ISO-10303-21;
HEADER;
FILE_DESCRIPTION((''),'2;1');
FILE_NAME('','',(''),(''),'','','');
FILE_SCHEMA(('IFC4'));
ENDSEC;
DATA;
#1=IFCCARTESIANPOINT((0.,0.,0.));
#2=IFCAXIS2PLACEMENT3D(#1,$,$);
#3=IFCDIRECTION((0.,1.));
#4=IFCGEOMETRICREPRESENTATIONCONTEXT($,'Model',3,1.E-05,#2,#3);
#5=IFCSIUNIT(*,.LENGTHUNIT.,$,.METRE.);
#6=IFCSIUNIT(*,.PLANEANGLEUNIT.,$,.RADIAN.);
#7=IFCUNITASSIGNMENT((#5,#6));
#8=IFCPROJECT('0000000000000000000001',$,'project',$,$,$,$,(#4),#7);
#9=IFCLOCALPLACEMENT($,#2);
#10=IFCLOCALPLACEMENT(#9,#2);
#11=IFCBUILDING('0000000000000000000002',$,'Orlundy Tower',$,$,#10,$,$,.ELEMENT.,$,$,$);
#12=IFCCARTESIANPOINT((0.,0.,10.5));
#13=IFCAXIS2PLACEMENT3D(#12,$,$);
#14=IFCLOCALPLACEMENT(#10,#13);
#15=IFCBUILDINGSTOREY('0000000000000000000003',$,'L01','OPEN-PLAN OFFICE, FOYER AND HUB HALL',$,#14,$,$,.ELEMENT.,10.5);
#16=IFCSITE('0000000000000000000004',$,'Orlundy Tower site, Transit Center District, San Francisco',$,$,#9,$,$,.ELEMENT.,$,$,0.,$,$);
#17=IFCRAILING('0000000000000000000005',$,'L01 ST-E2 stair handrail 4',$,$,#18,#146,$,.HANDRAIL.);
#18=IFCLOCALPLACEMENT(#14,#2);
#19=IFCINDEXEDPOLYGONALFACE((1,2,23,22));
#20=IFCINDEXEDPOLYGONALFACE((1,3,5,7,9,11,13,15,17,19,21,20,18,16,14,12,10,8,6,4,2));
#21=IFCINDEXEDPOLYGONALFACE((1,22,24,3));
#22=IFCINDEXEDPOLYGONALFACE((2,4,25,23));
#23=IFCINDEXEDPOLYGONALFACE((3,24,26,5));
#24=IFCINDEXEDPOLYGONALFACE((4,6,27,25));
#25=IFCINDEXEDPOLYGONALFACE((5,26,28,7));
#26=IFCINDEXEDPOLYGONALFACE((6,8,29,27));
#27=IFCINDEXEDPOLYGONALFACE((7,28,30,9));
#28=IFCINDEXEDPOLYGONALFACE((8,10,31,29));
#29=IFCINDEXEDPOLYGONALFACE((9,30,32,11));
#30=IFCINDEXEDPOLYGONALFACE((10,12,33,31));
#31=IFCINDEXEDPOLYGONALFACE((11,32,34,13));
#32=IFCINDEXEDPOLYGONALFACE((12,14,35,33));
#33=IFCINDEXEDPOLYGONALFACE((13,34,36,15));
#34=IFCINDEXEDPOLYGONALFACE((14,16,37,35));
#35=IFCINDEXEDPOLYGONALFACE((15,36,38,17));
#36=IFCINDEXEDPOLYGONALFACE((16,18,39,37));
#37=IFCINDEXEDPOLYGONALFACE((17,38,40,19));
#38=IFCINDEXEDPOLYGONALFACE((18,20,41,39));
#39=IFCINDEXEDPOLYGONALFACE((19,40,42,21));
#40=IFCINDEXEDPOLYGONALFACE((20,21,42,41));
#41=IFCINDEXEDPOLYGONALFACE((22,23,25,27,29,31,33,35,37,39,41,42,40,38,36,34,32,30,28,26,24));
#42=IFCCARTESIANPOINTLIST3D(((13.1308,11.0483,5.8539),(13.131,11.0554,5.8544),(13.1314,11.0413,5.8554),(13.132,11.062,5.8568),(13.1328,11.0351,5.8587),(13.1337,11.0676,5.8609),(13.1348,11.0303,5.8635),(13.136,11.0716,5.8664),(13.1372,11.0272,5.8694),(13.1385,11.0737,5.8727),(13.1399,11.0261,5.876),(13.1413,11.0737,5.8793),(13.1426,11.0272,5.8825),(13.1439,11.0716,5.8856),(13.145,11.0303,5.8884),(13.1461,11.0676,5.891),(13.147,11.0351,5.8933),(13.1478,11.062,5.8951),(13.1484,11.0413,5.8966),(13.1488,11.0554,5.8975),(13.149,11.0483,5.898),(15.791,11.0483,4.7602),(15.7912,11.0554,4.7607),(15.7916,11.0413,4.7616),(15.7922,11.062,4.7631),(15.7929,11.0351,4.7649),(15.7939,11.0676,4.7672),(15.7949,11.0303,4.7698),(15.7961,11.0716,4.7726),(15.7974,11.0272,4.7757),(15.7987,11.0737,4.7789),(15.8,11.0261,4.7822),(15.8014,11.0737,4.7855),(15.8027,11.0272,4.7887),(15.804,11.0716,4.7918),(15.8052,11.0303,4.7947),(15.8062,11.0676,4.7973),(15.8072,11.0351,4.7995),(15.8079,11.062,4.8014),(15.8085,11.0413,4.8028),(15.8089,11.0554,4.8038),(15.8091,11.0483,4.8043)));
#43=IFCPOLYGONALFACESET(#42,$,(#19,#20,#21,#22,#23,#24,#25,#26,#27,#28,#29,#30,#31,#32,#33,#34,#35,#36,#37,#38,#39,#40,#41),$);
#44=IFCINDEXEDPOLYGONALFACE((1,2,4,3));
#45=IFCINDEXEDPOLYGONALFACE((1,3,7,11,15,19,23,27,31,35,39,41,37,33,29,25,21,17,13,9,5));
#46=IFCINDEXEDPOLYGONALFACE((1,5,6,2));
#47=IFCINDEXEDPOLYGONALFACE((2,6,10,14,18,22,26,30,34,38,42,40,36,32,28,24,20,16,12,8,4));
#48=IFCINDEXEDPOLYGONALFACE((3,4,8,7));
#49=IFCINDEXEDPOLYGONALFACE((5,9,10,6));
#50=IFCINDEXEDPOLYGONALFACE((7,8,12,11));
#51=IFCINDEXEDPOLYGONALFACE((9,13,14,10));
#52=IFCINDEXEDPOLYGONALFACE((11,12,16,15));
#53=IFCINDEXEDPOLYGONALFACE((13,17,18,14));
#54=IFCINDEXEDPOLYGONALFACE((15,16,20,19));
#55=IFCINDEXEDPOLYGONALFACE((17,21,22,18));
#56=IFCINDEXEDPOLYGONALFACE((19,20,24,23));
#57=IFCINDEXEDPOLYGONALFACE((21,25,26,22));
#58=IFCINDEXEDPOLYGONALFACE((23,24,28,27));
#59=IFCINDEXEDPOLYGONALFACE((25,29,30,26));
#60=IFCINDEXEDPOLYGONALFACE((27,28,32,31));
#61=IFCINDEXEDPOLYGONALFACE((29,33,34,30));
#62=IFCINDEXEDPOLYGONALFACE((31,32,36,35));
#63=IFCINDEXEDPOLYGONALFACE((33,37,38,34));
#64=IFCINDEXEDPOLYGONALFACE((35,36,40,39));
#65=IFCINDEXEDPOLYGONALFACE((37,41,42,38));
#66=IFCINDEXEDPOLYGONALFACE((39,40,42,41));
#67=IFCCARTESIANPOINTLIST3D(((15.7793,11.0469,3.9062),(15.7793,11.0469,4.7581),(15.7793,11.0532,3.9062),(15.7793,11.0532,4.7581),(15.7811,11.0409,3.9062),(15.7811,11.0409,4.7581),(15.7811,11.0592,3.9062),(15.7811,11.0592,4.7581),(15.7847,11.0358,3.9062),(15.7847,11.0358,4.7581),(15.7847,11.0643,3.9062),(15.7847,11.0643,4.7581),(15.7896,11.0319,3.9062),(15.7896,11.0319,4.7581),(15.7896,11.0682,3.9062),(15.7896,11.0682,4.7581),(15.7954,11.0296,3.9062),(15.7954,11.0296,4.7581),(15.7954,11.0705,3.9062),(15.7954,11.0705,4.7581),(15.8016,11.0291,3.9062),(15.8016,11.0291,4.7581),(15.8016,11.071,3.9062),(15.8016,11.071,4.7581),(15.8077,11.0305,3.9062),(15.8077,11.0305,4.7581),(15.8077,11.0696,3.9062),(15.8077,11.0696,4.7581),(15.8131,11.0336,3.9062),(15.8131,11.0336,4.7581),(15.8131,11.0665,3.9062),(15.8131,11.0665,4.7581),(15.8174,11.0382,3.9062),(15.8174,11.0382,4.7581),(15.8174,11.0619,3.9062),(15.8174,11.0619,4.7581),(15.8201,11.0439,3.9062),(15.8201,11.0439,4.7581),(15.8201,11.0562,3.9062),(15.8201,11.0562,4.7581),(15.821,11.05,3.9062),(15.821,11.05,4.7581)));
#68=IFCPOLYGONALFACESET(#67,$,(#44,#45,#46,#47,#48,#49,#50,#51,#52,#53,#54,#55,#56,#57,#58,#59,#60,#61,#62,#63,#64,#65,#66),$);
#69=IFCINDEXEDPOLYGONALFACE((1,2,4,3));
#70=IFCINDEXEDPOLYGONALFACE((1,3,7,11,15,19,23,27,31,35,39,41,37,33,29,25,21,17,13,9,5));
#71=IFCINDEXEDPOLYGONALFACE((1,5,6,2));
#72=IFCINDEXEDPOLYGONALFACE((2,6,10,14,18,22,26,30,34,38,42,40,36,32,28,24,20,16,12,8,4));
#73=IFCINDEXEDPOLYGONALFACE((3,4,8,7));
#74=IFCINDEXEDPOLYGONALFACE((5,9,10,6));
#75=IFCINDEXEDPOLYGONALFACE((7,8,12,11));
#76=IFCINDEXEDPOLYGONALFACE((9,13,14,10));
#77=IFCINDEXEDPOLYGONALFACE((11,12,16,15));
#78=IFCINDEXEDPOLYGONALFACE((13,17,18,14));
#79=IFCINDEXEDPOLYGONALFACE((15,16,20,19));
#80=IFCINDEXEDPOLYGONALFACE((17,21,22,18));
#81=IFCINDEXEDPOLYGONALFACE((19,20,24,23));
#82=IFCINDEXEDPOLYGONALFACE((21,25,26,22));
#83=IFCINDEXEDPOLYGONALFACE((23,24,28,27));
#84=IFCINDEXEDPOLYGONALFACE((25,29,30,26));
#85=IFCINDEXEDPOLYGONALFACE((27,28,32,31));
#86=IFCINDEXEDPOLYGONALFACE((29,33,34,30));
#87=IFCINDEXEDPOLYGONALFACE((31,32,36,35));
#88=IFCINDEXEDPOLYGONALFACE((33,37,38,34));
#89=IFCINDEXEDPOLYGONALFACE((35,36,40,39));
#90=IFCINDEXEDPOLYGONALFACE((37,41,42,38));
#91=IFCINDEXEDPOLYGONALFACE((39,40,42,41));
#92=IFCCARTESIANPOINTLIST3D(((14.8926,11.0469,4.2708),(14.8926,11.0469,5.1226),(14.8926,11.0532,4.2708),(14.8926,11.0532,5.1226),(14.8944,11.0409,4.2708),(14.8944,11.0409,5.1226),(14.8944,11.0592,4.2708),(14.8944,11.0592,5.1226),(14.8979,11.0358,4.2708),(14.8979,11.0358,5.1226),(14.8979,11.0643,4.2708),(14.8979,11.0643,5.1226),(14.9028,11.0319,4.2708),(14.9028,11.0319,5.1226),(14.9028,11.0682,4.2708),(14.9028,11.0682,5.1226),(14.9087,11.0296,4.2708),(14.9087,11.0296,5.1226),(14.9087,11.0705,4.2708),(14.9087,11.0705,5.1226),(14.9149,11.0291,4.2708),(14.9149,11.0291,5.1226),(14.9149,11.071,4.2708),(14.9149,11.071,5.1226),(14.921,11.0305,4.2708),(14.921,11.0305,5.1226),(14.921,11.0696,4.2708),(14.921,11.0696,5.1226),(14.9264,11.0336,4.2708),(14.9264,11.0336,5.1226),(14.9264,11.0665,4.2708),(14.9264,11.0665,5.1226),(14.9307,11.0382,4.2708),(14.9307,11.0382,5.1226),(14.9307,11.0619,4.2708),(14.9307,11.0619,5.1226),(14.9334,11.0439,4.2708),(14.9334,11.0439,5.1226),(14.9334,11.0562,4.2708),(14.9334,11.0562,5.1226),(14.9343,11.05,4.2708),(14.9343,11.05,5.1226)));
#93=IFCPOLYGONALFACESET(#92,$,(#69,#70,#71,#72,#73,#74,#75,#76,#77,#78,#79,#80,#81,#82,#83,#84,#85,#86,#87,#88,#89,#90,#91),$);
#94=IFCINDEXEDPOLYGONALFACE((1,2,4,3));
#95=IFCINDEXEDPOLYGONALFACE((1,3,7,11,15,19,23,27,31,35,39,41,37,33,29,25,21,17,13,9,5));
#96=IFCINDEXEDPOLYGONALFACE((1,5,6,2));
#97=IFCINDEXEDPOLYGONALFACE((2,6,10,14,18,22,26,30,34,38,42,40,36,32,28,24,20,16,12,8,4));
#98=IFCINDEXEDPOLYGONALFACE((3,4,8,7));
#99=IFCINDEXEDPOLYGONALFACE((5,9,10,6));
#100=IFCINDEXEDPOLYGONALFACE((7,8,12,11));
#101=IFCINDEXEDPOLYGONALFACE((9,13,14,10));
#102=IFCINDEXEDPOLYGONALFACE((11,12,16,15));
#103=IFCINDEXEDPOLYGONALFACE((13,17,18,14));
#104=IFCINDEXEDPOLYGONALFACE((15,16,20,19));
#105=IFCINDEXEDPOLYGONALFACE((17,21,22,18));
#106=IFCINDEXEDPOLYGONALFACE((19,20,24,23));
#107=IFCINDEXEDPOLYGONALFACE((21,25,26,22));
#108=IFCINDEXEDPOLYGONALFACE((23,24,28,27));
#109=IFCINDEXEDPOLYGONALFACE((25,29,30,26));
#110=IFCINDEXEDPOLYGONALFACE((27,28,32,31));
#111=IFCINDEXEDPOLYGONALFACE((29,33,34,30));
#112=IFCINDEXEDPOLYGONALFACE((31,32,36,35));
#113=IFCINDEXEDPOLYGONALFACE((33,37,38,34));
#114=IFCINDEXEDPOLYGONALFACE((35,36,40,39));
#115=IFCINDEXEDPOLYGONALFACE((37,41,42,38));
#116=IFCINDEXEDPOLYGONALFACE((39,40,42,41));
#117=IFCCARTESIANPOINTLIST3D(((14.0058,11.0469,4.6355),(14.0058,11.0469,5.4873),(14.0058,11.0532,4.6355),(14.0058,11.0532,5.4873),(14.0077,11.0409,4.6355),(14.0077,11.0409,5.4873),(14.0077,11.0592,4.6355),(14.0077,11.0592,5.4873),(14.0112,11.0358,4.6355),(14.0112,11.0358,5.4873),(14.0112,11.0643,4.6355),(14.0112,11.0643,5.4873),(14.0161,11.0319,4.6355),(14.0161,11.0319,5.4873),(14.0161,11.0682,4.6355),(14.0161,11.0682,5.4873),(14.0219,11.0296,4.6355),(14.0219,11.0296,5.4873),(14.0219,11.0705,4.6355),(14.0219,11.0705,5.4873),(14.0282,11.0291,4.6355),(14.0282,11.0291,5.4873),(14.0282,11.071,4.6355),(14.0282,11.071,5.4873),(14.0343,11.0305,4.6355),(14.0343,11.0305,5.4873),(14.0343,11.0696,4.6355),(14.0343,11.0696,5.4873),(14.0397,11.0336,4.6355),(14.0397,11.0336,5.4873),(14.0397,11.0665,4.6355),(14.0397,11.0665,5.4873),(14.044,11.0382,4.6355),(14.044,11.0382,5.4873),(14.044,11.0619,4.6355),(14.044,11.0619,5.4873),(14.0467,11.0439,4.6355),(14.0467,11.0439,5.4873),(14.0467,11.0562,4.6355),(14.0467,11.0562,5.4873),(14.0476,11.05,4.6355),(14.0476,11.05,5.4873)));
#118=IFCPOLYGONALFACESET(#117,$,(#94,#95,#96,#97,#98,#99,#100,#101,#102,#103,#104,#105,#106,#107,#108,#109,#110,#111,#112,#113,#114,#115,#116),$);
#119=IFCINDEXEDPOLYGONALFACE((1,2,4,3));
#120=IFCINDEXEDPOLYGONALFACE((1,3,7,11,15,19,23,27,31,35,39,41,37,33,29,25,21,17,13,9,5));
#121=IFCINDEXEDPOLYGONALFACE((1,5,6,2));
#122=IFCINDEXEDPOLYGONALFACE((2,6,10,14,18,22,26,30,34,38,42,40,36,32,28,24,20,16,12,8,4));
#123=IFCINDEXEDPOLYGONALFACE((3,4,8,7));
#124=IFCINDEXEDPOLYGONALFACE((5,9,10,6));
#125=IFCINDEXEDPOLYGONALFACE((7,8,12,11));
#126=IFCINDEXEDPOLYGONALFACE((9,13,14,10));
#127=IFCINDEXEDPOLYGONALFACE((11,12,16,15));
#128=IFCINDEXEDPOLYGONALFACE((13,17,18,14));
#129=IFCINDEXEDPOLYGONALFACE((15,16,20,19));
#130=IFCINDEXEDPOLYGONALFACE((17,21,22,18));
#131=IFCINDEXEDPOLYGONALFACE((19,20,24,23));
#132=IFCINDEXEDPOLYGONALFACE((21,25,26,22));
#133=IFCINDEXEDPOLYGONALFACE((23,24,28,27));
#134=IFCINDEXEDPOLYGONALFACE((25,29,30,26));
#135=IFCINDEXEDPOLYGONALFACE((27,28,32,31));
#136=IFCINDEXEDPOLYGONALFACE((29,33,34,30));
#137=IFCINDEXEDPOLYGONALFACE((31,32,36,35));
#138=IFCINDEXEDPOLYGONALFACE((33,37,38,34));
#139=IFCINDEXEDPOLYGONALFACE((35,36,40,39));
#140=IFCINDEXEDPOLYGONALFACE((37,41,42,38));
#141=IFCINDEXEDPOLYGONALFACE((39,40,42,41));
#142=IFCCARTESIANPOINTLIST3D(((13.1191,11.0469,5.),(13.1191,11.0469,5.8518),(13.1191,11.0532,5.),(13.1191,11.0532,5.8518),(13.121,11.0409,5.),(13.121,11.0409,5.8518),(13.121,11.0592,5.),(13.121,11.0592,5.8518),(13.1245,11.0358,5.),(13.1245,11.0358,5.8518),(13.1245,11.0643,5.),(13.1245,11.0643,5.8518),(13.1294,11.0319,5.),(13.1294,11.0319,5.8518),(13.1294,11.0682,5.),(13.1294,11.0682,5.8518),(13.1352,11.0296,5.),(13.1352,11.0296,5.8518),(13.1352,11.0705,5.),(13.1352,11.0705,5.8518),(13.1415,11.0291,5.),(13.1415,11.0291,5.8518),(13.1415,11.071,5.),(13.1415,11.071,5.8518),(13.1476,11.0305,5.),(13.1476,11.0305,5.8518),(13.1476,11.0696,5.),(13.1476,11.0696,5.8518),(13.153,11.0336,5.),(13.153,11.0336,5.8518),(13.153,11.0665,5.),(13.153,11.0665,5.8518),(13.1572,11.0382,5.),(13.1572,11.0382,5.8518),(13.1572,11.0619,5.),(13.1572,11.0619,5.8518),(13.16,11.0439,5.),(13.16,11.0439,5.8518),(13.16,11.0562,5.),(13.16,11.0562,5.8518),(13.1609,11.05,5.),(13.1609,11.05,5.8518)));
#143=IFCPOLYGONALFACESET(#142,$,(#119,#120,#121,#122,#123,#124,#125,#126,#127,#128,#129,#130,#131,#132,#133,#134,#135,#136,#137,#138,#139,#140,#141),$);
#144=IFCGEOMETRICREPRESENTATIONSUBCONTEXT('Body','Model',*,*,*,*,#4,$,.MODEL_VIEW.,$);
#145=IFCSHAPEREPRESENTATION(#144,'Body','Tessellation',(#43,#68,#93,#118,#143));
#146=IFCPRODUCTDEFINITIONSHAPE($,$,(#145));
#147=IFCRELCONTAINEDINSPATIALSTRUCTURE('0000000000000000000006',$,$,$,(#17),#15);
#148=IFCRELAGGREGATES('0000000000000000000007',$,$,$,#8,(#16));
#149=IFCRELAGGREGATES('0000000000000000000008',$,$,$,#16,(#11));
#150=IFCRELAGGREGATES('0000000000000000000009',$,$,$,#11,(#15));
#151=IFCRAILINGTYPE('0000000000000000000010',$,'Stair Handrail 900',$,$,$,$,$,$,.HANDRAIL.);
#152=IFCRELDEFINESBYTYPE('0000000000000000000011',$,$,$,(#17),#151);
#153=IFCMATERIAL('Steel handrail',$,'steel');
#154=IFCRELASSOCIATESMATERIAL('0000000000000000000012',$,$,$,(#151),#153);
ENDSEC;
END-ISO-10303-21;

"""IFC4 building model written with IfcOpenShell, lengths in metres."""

from ifc_helpers import new_model, si_unit, direction, frame, origin, origin_2d, place, context, subcontext, project, spatial, circle, extrude, material, type_object, element, save


model = new_model("IFC4")

# Units and contexts
model_context = context("Model", 3, precision=1e-05, world=origin(), true_north=direction((0.0, 1.0)))
body_context = subcontext(model_context, "Body", "Model", "MODEL_VIEW")
ifc_project = project(units=[si_unit("LENGTHUNIT", "METRE"), si_unit("PLANEANGLEUNIT", "RADIAN")], contexts=[model_context])

# Site, building, storey
site_placement = place(None, origin())
site = spatial("IfcSite", under=ifc_project, at=site_placement, Name="Orlundy Tower site, Transit Center District, San Francisco", CompositionType="ELEMENT", RefElevation=0.0)
building_placement = place(site_placement, origin())
building = spatial("IfcBuilding", under=site, at=building_placement, Name="Orlundy Tower", CompositionType="ELEMENT")
storey_placement = place(building_placement, frame((0.0, 0.0, 10.5)))
storey = spatial("IfcBuildingStorey", under=building, at=storey_placement, Name="L01", Description="OPEN-PLAN OFFICE, FOYER AND HUB HALL", CompositionType="ELEMENT", Elevation=10.5)

# Railing
ifc_material_1 = material(Name="Steel handrail", Category="steel")
railing_type_1 = type_object("IfcRailingType", Name="Stair Handrail 900", PredefinedType="HANDRAIL", material=ifc_material_1)
for number, where, name in (
    (1, (15.8, 11.05, 3.9062), "L01 ST-E2 stair handrail 4"),
):
    element("IfcRailing", number, at=place(storey_placement, frame(where)), inside=storey, type_object=railing_type_1, Name=name, PredefinedType="HANDRAIL", context=body_context, shape_type="SweptSolid", body=[
        extrude(circle(Radius=0.0239, at=origin_2d()), frame((0.0, 0.0, 0.876), z_axis=(-0.924875, 0.0, 0.380272), x_axis=(0.0, -1.0, 0.0)), (0.0, 0.0, 1.0), 2.8762),
        extrude(circle(Radius=0.021, at=origin_2d()), origin(), (0.0, 0.0, 1.0), 0.8518),
        extrude(circle(Radius=0.021, at=origin_2d()), frame((-0.8867, 0.0, 0.3645)), (0.0, 0.0, 1.0), 0.8518),
        extrude(circle(Radius=0.021, at=origin_2d()), frame((-1.7734, 0.0, 0.7292)), (0.0, 0.0, 1.0), 0.8518),
        extrude(circle(Radius=0.021, at=origin_2d()), frame((-2.6602, 0.0, 1.0938)), (0.0, 0.0, 1.0), 0.8518),
    ])

save(model, "model.ifc")
